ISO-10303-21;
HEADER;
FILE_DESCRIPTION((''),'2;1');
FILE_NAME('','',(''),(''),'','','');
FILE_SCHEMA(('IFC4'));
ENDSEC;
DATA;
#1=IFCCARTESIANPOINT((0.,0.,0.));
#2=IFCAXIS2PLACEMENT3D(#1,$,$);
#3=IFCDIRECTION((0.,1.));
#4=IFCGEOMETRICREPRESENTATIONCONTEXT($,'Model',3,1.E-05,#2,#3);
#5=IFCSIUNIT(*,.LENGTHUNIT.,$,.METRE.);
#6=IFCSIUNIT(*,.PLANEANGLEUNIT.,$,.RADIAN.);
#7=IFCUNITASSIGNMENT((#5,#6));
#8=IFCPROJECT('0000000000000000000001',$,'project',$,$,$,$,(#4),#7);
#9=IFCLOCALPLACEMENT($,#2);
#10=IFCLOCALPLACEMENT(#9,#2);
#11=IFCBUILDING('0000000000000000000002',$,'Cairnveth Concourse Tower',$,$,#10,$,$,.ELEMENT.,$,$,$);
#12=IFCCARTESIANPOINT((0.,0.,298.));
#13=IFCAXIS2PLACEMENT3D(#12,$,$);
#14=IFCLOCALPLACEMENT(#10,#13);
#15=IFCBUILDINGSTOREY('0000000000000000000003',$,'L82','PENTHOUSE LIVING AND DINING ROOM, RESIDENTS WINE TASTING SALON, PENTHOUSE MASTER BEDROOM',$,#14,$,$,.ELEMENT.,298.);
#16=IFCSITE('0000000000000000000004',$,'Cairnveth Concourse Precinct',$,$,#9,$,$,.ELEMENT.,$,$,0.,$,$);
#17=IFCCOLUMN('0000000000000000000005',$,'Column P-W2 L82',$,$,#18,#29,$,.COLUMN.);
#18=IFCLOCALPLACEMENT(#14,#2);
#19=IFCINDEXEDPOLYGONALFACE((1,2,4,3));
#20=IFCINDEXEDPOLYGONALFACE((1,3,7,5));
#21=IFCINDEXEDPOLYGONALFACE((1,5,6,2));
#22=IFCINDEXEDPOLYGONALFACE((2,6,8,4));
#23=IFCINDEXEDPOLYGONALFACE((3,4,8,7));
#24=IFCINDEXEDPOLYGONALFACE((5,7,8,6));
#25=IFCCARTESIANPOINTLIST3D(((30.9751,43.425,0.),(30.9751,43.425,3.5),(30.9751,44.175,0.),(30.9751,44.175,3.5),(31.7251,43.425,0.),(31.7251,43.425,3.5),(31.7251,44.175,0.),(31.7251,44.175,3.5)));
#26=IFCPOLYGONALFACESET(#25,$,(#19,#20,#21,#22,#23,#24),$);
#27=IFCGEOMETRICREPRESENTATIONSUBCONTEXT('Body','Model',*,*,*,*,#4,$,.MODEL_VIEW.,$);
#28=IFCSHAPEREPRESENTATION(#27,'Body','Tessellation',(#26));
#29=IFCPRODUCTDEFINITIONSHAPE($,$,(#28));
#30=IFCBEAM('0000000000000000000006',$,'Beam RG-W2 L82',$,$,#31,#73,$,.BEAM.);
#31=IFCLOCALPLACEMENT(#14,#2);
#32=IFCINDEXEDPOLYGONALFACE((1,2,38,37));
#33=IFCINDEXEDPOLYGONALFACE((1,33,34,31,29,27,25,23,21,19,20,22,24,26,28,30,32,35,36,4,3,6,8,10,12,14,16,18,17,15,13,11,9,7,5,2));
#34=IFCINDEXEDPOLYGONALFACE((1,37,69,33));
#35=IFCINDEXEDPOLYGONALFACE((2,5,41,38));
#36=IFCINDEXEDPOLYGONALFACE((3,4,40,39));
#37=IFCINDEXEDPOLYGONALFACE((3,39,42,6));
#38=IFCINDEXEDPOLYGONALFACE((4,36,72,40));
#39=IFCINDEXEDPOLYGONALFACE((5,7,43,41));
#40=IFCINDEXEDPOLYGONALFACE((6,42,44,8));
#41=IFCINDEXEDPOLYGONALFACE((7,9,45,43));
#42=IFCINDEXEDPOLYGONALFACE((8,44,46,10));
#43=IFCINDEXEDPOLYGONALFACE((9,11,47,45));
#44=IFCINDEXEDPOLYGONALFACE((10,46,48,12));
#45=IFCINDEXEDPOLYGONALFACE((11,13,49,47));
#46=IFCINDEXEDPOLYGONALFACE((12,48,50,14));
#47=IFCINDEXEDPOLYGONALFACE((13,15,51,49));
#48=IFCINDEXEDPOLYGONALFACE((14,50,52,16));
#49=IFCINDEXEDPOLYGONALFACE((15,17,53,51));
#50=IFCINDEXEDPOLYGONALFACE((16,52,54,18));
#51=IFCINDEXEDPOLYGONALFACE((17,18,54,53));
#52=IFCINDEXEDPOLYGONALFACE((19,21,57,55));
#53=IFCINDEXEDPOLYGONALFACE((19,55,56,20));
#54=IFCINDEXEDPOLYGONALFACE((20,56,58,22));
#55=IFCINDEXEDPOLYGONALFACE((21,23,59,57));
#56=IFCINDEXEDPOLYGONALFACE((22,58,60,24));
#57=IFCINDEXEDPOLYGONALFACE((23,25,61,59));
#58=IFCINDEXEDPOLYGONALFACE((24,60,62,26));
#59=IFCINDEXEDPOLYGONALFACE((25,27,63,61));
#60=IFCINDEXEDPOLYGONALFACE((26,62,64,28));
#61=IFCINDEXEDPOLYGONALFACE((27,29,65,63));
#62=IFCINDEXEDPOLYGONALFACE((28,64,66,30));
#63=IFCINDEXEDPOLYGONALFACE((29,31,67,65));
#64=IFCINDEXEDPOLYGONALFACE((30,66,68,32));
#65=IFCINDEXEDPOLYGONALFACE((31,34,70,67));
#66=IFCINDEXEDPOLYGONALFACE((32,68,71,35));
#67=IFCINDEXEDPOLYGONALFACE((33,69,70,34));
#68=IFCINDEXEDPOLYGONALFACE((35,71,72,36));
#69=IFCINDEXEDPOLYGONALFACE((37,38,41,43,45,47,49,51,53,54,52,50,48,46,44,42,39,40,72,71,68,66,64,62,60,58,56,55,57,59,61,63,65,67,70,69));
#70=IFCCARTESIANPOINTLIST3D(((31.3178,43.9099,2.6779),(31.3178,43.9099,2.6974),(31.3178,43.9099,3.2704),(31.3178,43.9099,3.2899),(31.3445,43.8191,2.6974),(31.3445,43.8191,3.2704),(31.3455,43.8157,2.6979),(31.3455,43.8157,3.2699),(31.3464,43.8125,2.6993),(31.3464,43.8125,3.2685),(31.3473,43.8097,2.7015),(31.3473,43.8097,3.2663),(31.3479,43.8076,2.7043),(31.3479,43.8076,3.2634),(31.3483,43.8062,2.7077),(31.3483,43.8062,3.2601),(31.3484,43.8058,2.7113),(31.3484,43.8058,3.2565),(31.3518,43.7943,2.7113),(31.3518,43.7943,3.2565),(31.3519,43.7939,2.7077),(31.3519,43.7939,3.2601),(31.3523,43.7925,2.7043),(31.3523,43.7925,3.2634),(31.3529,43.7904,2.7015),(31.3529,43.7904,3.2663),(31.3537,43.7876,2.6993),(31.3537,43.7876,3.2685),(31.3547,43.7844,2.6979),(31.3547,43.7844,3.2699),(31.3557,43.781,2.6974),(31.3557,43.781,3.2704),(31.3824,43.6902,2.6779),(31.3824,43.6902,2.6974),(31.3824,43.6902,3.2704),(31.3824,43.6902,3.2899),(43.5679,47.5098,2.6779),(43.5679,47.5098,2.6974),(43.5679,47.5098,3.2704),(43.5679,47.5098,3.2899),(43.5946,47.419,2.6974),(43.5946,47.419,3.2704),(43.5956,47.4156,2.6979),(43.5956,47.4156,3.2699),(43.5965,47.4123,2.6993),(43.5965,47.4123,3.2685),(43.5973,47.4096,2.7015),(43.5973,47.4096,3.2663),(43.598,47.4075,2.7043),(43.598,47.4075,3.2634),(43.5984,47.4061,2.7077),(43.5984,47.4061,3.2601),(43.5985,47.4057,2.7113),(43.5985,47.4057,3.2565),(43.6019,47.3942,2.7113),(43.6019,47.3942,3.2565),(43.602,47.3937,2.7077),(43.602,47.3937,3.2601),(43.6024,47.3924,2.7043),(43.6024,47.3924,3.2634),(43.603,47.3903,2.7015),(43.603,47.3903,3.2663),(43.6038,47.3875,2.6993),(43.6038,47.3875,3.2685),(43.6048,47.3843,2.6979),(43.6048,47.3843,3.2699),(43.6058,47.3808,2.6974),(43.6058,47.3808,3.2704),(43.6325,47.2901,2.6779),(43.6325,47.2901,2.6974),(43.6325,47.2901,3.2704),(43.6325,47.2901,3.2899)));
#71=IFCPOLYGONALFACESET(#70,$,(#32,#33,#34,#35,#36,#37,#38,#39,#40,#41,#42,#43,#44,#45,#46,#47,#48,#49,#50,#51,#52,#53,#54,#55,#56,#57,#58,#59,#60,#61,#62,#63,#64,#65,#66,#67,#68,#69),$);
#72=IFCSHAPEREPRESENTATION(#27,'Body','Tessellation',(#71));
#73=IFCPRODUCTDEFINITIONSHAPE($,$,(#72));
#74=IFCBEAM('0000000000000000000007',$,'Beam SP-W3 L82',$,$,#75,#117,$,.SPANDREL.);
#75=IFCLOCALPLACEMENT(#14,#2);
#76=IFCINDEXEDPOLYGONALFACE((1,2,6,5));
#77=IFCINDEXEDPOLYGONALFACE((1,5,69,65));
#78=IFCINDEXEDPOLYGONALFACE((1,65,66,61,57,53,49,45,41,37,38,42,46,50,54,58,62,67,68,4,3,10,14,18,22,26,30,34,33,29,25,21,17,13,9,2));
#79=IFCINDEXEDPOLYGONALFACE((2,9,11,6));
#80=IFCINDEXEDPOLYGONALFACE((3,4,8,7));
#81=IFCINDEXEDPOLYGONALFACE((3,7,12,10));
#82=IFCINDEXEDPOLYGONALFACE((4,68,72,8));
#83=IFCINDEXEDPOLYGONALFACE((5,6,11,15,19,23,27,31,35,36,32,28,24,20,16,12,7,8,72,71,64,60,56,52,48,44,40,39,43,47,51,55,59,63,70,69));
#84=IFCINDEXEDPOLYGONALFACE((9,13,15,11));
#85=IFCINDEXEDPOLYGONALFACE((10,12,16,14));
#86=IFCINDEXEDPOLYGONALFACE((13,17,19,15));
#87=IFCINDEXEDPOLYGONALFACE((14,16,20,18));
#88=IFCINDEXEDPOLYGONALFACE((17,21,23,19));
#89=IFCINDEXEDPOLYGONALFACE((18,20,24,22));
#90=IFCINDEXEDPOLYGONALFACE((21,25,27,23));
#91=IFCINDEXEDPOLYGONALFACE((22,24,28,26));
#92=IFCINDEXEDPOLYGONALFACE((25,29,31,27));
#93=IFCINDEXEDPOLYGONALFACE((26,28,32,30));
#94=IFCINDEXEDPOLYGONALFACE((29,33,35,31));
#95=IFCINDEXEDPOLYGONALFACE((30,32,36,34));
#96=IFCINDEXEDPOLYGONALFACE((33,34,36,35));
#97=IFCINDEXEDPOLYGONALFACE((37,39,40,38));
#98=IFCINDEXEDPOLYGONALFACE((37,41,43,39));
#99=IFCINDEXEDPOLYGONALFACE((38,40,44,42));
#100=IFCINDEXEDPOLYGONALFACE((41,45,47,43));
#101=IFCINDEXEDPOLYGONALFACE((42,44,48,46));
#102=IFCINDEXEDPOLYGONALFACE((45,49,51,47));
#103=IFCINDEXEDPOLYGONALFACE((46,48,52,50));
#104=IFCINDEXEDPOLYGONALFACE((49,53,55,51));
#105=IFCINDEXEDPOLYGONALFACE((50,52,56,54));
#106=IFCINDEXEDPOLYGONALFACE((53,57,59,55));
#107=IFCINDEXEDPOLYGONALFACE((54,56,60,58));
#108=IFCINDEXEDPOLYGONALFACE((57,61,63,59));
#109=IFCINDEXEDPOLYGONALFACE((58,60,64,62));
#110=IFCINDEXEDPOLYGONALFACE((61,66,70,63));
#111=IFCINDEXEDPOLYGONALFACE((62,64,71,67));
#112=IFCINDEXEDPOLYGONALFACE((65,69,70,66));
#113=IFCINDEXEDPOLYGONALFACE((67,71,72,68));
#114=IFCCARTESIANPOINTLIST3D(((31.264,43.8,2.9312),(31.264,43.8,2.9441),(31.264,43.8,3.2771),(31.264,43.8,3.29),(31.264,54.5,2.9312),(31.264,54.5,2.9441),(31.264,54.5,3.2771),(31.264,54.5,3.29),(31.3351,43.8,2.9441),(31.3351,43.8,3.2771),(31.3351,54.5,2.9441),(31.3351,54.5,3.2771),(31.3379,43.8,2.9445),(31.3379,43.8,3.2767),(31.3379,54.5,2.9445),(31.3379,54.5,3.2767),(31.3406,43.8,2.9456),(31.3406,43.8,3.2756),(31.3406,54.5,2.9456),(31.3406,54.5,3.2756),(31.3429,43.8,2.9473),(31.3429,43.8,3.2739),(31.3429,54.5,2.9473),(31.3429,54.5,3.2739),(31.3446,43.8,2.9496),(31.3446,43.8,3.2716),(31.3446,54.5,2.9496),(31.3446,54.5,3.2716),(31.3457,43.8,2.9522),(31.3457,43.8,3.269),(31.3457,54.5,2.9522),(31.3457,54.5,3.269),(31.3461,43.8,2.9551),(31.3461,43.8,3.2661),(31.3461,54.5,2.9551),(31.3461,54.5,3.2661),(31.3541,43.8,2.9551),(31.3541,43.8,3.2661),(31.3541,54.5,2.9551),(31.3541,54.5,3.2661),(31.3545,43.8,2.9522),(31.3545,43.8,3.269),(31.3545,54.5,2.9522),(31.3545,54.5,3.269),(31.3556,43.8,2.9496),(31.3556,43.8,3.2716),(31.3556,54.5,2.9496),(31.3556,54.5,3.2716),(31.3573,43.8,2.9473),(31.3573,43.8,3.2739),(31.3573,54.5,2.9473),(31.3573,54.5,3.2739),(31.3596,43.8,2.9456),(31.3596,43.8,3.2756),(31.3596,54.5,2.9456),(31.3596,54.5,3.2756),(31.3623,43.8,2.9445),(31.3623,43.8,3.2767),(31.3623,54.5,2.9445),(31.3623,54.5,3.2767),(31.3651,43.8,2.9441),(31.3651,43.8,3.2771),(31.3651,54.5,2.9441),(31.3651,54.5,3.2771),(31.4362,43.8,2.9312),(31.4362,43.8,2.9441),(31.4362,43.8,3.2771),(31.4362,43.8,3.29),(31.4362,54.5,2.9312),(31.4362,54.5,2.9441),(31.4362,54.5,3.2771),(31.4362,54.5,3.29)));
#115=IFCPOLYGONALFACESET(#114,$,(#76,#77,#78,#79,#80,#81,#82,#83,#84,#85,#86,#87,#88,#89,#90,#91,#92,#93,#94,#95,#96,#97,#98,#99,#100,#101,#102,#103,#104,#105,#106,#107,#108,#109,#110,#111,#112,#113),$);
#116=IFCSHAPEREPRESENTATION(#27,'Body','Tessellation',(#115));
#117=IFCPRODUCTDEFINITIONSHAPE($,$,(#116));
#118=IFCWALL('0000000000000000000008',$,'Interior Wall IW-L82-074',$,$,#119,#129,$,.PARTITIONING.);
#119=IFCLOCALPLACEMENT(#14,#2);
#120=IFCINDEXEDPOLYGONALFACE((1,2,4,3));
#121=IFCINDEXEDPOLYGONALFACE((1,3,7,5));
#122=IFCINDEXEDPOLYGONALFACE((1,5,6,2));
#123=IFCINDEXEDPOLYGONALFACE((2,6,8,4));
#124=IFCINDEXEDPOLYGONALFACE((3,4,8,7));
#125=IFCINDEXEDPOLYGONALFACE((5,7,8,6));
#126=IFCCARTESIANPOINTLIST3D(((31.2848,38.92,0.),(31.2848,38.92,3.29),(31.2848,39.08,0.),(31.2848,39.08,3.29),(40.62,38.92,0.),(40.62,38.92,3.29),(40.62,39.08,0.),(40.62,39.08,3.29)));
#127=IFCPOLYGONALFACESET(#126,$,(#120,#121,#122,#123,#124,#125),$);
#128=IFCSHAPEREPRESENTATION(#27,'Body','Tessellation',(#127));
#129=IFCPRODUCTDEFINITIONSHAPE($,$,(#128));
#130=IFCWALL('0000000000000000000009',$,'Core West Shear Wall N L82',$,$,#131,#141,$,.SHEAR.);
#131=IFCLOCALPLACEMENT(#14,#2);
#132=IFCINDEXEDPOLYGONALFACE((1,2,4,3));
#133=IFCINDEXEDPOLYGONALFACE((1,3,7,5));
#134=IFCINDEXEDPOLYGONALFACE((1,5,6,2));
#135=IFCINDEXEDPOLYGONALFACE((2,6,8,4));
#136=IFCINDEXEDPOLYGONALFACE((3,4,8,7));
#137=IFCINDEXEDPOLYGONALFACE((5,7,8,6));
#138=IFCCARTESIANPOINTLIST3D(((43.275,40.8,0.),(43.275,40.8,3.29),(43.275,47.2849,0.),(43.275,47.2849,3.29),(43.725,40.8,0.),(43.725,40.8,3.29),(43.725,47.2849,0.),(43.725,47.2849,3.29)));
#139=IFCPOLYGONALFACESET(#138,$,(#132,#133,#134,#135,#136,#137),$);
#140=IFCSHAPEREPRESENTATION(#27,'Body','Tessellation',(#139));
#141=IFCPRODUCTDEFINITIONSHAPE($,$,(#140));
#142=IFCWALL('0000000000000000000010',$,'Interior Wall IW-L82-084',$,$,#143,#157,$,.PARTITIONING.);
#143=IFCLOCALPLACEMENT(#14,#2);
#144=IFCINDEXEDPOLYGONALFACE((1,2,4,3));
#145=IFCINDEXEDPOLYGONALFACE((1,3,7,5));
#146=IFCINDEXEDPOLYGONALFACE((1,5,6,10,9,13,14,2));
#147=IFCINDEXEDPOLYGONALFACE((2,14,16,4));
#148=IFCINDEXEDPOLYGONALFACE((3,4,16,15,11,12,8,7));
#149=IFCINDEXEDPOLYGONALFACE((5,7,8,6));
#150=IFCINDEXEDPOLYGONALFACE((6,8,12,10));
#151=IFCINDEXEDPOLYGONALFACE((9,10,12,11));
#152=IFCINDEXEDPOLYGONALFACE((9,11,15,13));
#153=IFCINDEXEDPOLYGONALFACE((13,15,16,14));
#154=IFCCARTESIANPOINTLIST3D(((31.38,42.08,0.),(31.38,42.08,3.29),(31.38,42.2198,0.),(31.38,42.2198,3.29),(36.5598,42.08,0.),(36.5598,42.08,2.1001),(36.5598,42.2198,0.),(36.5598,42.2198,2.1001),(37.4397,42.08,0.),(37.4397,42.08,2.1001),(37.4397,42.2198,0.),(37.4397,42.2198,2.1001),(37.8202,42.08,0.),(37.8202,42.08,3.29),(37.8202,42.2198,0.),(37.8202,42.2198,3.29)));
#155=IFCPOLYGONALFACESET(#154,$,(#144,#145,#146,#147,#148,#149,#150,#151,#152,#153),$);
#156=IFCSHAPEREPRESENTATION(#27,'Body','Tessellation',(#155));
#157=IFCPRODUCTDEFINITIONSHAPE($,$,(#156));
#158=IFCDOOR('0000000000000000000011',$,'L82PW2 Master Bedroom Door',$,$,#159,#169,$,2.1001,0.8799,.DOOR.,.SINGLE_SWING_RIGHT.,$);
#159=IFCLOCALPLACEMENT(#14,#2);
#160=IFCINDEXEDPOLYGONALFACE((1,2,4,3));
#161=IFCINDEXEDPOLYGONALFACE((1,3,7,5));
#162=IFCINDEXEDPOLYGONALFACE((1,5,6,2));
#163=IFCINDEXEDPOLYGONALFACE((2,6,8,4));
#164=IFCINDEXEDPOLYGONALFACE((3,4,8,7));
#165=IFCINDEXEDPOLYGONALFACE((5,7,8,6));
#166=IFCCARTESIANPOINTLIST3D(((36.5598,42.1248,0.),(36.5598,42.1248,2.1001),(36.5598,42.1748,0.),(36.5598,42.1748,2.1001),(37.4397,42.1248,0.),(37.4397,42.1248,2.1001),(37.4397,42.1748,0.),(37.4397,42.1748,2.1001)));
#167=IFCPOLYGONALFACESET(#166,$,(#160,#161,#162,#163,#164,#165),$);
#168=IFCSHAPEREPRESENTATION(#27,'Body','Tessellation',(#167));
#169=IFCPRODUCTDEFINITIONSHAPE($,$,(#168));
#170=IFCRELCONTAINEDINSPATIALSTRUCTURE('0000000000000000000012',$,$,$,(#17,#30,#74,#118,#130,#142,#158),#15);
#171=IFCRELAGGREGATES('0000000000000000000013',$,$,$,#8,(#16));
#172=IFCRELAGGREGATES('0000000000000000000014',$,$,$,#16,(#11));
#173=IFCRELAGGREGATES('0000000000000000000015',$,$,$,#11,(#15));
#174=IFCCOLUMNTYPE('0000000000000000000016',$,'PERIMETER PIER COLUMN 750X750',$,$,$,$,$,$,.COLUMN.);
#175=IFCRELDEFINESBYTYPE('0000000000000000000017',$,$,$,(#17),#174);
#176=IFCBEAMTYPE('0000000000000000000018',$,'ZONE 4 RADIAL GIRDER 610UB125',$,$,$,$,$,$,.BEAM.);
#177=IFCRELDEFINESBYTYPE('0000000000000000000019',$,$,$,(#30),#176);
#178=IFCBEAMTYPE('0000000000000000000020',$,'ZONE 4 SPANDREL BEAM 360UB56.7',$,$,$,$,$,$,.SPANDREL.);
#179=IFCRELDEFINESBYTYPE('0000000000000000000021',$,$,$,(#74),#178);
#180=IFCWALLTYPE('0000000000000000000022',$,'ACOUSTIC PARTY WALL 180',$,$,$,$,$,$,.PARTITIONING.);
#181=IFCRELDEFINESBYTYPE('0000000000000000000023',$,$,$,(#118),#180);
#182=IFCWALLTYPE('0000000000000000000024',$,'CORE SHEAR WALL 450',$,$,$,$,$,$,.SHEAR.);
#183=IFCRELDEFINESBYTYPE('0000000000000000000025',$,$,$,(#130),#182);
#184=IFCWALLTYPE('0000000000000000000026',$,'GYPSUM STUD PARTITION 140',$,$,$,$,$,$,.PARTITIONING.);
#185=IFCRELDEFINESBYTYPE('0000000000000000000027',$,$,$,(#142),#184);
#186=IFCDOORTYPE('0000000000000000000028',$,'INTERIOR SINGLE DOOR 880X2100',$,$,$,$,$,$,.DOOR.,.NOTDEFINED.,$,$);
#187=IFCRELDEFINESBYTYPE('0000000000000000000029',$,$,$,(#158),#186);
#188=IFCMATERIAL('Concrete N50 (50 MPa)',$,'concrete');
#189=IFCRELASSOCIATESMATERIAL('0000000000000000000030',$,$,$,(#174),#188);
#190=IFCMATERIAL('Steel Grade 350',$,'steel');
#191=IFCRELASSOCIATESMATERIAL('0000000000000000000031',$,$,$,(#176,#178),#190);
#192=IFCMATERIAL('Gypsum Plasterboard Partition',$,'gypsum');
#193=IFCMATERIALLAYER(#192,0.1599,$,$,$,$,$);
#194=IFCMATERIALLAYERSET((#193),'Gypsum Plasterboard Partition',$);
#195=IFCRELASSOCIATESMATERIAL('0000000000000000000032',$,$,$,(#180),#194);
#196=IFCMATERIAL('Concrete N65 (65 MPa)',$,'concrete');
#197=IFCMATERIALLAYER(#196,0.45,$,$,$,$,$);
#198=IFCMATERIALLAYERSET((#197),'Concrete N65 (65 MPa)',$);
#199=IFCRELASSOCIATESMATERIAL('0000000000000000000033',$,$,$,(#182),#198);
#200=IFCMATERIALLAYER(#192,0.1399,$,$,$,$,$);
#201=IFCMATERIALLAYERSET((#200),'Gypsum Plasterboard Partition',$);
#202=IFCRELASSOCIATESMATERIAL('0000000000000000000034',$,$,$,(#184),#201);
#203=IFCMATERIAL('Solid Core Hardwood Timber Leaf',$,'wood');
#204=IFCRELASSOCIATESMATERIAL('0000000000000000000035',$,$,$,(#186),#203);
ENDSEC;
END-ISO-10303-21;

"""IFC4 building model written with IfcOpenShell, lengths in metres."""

from ifc_helpers import new_model, si_unit, direction, frame, frame_2d, origin, origin_2d, place, context, subcontext, project, spatial, rectangle, i_section, extrude, material, layer, layer_set, material_profile, profile_set, type_object, element, fill, save


model = new_model("IFC4")

# Units and contexts
model_context = context("Model", 3, precision=1e-05, world=origin(), true_north=direction((0.0, 1.0)))
body_context = subcontext(model_context, "Body", "Model", "MODEL_VIEW")
ifc_project = project(units=[si_unit("LENGTHUNIT", "METRE"), si_unit("PLANEANGLEUNIT", "RADIAN")], contexts=[model_context])

# Site, building, storey
site_placement = place(None, origin())
site = spatial("IfcSite", under=ifc_project, at=site_placement, Name="Cairnveth Concourse Precinct", CompositionType="ELEMENT", RefElevation=0.0)
building_placement = place(site_placement, origin())
building = spatial("IfcBuilding", under=site, at=building_placement, Name="Cairnveth Concourse Tower", CompositionType="ELEMENT")
storey_placement = place(building_placement, frame((0.0, 0.0, 298.0)))
storey = spatial("IfcBuildingStorey", under=building, at=storey_placement, Name="L82", Description="PENTHOUSE LIVING AND DINING ROOM, RESIDENTS WINE TASTING SALON, PENTHOUSE MASTER BEDROOM", CompositionType="ELEMENT", Elevation=298.0)

# Column
ifc_material_1 = material(Name="Concrete N50 (50 MPa)", Category="concrete")
ifc_material_profile_1 = material_profile(ifc_material_1, rectangle(XDim=0.75, YDim=0.75, at=origin_2d()), Name="RC-COL-750x750")
ifc_profile_set_1 = profile_set([ifc_material_profile_1], Name="Concrete N50 (50 MPa)")
column_type = type_object("IfcColumnType", Name="PERIMETER PIER COLUMN 750X750", PredefinedType="COLUMN", material=ifc_profile_set_1)
column_placement = place(storey_placement, frame((31.3501, 43.8, 0.0), z_axis=(0.0, 0.0, 1.0), x_axis=(0.0, 1.0, 0.0)))
element("IfcColumn", 1, at=column_placement, inside=storey, type_object=column_type, Name="Column P-W2 L82", PredefinedType="COLUMN", context=body_context, shape_type="SweptSolid", body=[
    extrude(rectangle(XDim=0.75, YDim=0.75, at=origin_2d()), origin(), (0.0, 0.0, 1.0), 3.5),
])

# Beams
ifc_material_2 = material(Name="Steel Grade 350", Category="steel")
ifc_material_profile_2 = material_profile(ifc_material_2, i_section(OverallWidth=0.229, OverallDepth=0.6121, WebThickness=0.012, FlangeThickness=0.0195, FilletRadius=0.0139, at=origin_2d()), Name="610UB125")
ifc_profile_set_2 = profile_set([ifc_material_profile_2], Name="Steel Grade 350")
beam_type_1 = type_object("IfcBeamType", Name="ZONE 4 RADIAL GIRDER 610UB125", PredefinedType="BEAM", material=ifc_profile_set_2)
beam_1_placement = place(storey_placement, frame((31.3501, 43.8, 2.9839), z_axis=(0.959431, 0.281944, 0.0), x_axis=(-0.281944, 0.959431, 0.0)))
element("IfcBeam", 2, at=beam_1_placement, inside=storey, type_object=beam_type_1, Name="Beam RG-W2 L82", PredefinedType="BEAM", context=body_context, shape_type="SweptSolid", body=[
    extrude(i_section(OverallWidth=0.229, OverallDepth=0.6121, WebThickness=0.012, FlangeThickness=0.0195, FilletRadius=0.0139, at=origin_2d()), origin(), (0.0, 0.0, 1.0), 12.7681),
])
ifc_material_profile_3 = material_profile(ifc_material_2, i_section(OverallWidth=0.1721, OverallDepth=0.3589, WebThickness=0.0081, FlangeThickness=0.0129, FilletRadius=0.011, at=origin_2d()), Name="360UB56.7")
ifc_profile_set_3 = profile_set([ifc_material_profile_3], Name="Steel Grade 350")
beam_type_2 = type_object("IfcBeamType", Name="ZONE 4 SPANDREL BEAM 360UB56.7", PredefinedType="SPANDREL", material=ifc_profile_set_3)
beam_2_placement = place(storey_placement, frame((31.3501, 43.8, 3.1106), z_axis=(0.0, 1.0, 0.0), x_axis=(-1.0, 0.0, 0.0)))
element("IfcBeam", 3, at=beam_2_placement, inside=storey, type_object=beam_type_2, Name="Beam SP-W3 L82", PredefinedType="SPANDREL", context=body_context, shape_type="SweptSolid", body=[
    extrude(i_section(OverallWidth=0.1721, OverallDepth=0.3589, WebThickness=0.0081, FlangeThickness=0.0129, FilletRadius=0.011, at=origin_2d()), origin(), (0.0, 0.0, 1.0), 10.7),
])

# Walls
ifc_material_3 = material(Name="Gypsum Plasterboard Partition", Category="gypsum")
ifc_layer_1 = layer(ifc_material_3, 0.1599)
ifc_layer_set_1 = layer_set([ifc_layer_1], Name="Gypsum Plasterboard Partition")
wall_type_1 = type_object("IfcWallType", Name="ACOUSTIC PARTY WALL 180", PredefinedType="PARTITIONING", material=ifc_layer_set_1)
wall_1_placement = place(storey_placement, frame((31.2849, 39.0, 0.0), z_axis=(0.0, 0.0, 1.0), x_axis=(1.0, 0.0, 0.0)))
element("IfcWall", 4, at=wall_1_placement, inside=storey, type_object=wall_type_1, Name="Interior Wall IW-L82-074", PredefinedType="PARTITIONING", context=body_context, shape_type="SweptSolid", body=[
    extrude(rectangle(XDim=9.3352, YDim=0.1599, at=frame_2d((4.6675, 0.0))), origin(), (0.0, 0.0, 1.0), 3.29),
])
ifc_material_4 = material(Name="Concrete N65 (65 MPa)", Category="concrete")
ifc_layer_2 = layer(ifc_material_4, 0.45)
ifc_layer_set_2 = layer_set([ifc_layer_2], Name="Concrete N65 (65 MPa)")
wall_type_2 = type_object("IfcWallType", Name="CORE SHEAR WALL 450", PredefinedType="SHEAR", material=ifc_layer_set_2)
wall_2_placement = place(storey_placement, frame((43.5, 40.8, 0.0), z_axis=(0.0, 0.0, 1.0), x_axis=(0.0, 1.0, 0.0)))
element("IfcWall", 5, at=wall_2_placement, inside=storey, type_object=wall_type_2, Name="Core West Shear Wall N L82", PredefinedType="SHEAR", context=body_context, shape_type="SweptSolid", body=[
    extrude(rectangle(XDim=6.4849, YDim=0.45, at=frame_2d((3.2424, 0.0))), origin(), (0.0, 0.0, 1.0), 3.29),
])

# Wall, opening, door
ifc_layer_3 = layer(ifc_material_3, 0.1399)
ifc_layer_set_3 = layer_set([ifc_layer_3], Name="Gypsum Plasterboard Partition")
wall_type_3 = type_object("IfcWallType", Name="GYPSUM STUD PARTITION 140", PredefinedType="PARTITIONING", material=ifc_layer_set_3)
wall_3_placement = place(storey_placement, frame((31.3799, 42.1499, 0.0), z_axis=(0.0, 0.0, 1.0), x_axis=(1.0, 0.0, 0.0)))
wall_3 = element("IfcWall", 6, at=wall_3_placement, inside=storey, type_object=wall_type_3, Name="Interior Wall IW-L82-084", PredefinedType="PARTITIONING", context=body_context, shape_type="SweptSolid", body=[
    extrude(rectangle(XDim=6.4402, YDim=0.1399, at=frame_2d((3.2202, 0.0))), origin(), (0.0, 0.0, 1.0), 3.29),
])
opening_1_placement = place(wall_3_placement, frame((5.1799, 0.0, 0.0)))
opening_1 = element("IfcOpeningElement", 7, at=opening_1_placement, cuts=wall_3, PredefinedType="OPENING", context=body_context, shape_type="SweptSolid", body=[
    extrude(rectangle(XDim=0.8799, YDim=2.1001, at=frame_2d((0.4399, 1.05))), frame((0.0, 0.0798, 0.0), z_axis=(0.0, -1.0, 0.0), x_axis=(1.0, 0.0, 0.0)), (0.0, 0.0, 1.0), 0.1599),
])
ifc_material_5 = material(Name="Solid Core Hardwood Timber Leaf", Category="wood")
door_type_1 = type_object("IfcDoorType", Name="INTERIOR SINGLE DOOR 880X2100", OperationType="NOTDEFINED", PredefinedType="DOOR", material=ifc_material_5)
door_1_placement = place(opening_1_placement, origin())
door_1 = element("IfcDoor", 8, at=door_1_placement, inside=storey, type_object=door_type_1, Name="L82PW2 Master Bedroom Door", OperationType="SINGLE_SWING_RIGHT", OverallHeight=2.1001, OverallWidth=0.8799, PredefinedType="DOOR", context=body_context, shape_type="SweptSolid", body=[
    extrude(rectangle(XDim=0.8799, YDim=2.1001, at=frame_2d((0.4399, 1.05))), frame((0.0, 0.0249, 0.0), z_axis=(0.0, -1.0, 0.0), x_axis=(1.0, 0.0, 0.0)), (0.0, 0.0, 1.0), 0.05),
])
fill(opening_1, door_1)

save(model, "model.ifc")
